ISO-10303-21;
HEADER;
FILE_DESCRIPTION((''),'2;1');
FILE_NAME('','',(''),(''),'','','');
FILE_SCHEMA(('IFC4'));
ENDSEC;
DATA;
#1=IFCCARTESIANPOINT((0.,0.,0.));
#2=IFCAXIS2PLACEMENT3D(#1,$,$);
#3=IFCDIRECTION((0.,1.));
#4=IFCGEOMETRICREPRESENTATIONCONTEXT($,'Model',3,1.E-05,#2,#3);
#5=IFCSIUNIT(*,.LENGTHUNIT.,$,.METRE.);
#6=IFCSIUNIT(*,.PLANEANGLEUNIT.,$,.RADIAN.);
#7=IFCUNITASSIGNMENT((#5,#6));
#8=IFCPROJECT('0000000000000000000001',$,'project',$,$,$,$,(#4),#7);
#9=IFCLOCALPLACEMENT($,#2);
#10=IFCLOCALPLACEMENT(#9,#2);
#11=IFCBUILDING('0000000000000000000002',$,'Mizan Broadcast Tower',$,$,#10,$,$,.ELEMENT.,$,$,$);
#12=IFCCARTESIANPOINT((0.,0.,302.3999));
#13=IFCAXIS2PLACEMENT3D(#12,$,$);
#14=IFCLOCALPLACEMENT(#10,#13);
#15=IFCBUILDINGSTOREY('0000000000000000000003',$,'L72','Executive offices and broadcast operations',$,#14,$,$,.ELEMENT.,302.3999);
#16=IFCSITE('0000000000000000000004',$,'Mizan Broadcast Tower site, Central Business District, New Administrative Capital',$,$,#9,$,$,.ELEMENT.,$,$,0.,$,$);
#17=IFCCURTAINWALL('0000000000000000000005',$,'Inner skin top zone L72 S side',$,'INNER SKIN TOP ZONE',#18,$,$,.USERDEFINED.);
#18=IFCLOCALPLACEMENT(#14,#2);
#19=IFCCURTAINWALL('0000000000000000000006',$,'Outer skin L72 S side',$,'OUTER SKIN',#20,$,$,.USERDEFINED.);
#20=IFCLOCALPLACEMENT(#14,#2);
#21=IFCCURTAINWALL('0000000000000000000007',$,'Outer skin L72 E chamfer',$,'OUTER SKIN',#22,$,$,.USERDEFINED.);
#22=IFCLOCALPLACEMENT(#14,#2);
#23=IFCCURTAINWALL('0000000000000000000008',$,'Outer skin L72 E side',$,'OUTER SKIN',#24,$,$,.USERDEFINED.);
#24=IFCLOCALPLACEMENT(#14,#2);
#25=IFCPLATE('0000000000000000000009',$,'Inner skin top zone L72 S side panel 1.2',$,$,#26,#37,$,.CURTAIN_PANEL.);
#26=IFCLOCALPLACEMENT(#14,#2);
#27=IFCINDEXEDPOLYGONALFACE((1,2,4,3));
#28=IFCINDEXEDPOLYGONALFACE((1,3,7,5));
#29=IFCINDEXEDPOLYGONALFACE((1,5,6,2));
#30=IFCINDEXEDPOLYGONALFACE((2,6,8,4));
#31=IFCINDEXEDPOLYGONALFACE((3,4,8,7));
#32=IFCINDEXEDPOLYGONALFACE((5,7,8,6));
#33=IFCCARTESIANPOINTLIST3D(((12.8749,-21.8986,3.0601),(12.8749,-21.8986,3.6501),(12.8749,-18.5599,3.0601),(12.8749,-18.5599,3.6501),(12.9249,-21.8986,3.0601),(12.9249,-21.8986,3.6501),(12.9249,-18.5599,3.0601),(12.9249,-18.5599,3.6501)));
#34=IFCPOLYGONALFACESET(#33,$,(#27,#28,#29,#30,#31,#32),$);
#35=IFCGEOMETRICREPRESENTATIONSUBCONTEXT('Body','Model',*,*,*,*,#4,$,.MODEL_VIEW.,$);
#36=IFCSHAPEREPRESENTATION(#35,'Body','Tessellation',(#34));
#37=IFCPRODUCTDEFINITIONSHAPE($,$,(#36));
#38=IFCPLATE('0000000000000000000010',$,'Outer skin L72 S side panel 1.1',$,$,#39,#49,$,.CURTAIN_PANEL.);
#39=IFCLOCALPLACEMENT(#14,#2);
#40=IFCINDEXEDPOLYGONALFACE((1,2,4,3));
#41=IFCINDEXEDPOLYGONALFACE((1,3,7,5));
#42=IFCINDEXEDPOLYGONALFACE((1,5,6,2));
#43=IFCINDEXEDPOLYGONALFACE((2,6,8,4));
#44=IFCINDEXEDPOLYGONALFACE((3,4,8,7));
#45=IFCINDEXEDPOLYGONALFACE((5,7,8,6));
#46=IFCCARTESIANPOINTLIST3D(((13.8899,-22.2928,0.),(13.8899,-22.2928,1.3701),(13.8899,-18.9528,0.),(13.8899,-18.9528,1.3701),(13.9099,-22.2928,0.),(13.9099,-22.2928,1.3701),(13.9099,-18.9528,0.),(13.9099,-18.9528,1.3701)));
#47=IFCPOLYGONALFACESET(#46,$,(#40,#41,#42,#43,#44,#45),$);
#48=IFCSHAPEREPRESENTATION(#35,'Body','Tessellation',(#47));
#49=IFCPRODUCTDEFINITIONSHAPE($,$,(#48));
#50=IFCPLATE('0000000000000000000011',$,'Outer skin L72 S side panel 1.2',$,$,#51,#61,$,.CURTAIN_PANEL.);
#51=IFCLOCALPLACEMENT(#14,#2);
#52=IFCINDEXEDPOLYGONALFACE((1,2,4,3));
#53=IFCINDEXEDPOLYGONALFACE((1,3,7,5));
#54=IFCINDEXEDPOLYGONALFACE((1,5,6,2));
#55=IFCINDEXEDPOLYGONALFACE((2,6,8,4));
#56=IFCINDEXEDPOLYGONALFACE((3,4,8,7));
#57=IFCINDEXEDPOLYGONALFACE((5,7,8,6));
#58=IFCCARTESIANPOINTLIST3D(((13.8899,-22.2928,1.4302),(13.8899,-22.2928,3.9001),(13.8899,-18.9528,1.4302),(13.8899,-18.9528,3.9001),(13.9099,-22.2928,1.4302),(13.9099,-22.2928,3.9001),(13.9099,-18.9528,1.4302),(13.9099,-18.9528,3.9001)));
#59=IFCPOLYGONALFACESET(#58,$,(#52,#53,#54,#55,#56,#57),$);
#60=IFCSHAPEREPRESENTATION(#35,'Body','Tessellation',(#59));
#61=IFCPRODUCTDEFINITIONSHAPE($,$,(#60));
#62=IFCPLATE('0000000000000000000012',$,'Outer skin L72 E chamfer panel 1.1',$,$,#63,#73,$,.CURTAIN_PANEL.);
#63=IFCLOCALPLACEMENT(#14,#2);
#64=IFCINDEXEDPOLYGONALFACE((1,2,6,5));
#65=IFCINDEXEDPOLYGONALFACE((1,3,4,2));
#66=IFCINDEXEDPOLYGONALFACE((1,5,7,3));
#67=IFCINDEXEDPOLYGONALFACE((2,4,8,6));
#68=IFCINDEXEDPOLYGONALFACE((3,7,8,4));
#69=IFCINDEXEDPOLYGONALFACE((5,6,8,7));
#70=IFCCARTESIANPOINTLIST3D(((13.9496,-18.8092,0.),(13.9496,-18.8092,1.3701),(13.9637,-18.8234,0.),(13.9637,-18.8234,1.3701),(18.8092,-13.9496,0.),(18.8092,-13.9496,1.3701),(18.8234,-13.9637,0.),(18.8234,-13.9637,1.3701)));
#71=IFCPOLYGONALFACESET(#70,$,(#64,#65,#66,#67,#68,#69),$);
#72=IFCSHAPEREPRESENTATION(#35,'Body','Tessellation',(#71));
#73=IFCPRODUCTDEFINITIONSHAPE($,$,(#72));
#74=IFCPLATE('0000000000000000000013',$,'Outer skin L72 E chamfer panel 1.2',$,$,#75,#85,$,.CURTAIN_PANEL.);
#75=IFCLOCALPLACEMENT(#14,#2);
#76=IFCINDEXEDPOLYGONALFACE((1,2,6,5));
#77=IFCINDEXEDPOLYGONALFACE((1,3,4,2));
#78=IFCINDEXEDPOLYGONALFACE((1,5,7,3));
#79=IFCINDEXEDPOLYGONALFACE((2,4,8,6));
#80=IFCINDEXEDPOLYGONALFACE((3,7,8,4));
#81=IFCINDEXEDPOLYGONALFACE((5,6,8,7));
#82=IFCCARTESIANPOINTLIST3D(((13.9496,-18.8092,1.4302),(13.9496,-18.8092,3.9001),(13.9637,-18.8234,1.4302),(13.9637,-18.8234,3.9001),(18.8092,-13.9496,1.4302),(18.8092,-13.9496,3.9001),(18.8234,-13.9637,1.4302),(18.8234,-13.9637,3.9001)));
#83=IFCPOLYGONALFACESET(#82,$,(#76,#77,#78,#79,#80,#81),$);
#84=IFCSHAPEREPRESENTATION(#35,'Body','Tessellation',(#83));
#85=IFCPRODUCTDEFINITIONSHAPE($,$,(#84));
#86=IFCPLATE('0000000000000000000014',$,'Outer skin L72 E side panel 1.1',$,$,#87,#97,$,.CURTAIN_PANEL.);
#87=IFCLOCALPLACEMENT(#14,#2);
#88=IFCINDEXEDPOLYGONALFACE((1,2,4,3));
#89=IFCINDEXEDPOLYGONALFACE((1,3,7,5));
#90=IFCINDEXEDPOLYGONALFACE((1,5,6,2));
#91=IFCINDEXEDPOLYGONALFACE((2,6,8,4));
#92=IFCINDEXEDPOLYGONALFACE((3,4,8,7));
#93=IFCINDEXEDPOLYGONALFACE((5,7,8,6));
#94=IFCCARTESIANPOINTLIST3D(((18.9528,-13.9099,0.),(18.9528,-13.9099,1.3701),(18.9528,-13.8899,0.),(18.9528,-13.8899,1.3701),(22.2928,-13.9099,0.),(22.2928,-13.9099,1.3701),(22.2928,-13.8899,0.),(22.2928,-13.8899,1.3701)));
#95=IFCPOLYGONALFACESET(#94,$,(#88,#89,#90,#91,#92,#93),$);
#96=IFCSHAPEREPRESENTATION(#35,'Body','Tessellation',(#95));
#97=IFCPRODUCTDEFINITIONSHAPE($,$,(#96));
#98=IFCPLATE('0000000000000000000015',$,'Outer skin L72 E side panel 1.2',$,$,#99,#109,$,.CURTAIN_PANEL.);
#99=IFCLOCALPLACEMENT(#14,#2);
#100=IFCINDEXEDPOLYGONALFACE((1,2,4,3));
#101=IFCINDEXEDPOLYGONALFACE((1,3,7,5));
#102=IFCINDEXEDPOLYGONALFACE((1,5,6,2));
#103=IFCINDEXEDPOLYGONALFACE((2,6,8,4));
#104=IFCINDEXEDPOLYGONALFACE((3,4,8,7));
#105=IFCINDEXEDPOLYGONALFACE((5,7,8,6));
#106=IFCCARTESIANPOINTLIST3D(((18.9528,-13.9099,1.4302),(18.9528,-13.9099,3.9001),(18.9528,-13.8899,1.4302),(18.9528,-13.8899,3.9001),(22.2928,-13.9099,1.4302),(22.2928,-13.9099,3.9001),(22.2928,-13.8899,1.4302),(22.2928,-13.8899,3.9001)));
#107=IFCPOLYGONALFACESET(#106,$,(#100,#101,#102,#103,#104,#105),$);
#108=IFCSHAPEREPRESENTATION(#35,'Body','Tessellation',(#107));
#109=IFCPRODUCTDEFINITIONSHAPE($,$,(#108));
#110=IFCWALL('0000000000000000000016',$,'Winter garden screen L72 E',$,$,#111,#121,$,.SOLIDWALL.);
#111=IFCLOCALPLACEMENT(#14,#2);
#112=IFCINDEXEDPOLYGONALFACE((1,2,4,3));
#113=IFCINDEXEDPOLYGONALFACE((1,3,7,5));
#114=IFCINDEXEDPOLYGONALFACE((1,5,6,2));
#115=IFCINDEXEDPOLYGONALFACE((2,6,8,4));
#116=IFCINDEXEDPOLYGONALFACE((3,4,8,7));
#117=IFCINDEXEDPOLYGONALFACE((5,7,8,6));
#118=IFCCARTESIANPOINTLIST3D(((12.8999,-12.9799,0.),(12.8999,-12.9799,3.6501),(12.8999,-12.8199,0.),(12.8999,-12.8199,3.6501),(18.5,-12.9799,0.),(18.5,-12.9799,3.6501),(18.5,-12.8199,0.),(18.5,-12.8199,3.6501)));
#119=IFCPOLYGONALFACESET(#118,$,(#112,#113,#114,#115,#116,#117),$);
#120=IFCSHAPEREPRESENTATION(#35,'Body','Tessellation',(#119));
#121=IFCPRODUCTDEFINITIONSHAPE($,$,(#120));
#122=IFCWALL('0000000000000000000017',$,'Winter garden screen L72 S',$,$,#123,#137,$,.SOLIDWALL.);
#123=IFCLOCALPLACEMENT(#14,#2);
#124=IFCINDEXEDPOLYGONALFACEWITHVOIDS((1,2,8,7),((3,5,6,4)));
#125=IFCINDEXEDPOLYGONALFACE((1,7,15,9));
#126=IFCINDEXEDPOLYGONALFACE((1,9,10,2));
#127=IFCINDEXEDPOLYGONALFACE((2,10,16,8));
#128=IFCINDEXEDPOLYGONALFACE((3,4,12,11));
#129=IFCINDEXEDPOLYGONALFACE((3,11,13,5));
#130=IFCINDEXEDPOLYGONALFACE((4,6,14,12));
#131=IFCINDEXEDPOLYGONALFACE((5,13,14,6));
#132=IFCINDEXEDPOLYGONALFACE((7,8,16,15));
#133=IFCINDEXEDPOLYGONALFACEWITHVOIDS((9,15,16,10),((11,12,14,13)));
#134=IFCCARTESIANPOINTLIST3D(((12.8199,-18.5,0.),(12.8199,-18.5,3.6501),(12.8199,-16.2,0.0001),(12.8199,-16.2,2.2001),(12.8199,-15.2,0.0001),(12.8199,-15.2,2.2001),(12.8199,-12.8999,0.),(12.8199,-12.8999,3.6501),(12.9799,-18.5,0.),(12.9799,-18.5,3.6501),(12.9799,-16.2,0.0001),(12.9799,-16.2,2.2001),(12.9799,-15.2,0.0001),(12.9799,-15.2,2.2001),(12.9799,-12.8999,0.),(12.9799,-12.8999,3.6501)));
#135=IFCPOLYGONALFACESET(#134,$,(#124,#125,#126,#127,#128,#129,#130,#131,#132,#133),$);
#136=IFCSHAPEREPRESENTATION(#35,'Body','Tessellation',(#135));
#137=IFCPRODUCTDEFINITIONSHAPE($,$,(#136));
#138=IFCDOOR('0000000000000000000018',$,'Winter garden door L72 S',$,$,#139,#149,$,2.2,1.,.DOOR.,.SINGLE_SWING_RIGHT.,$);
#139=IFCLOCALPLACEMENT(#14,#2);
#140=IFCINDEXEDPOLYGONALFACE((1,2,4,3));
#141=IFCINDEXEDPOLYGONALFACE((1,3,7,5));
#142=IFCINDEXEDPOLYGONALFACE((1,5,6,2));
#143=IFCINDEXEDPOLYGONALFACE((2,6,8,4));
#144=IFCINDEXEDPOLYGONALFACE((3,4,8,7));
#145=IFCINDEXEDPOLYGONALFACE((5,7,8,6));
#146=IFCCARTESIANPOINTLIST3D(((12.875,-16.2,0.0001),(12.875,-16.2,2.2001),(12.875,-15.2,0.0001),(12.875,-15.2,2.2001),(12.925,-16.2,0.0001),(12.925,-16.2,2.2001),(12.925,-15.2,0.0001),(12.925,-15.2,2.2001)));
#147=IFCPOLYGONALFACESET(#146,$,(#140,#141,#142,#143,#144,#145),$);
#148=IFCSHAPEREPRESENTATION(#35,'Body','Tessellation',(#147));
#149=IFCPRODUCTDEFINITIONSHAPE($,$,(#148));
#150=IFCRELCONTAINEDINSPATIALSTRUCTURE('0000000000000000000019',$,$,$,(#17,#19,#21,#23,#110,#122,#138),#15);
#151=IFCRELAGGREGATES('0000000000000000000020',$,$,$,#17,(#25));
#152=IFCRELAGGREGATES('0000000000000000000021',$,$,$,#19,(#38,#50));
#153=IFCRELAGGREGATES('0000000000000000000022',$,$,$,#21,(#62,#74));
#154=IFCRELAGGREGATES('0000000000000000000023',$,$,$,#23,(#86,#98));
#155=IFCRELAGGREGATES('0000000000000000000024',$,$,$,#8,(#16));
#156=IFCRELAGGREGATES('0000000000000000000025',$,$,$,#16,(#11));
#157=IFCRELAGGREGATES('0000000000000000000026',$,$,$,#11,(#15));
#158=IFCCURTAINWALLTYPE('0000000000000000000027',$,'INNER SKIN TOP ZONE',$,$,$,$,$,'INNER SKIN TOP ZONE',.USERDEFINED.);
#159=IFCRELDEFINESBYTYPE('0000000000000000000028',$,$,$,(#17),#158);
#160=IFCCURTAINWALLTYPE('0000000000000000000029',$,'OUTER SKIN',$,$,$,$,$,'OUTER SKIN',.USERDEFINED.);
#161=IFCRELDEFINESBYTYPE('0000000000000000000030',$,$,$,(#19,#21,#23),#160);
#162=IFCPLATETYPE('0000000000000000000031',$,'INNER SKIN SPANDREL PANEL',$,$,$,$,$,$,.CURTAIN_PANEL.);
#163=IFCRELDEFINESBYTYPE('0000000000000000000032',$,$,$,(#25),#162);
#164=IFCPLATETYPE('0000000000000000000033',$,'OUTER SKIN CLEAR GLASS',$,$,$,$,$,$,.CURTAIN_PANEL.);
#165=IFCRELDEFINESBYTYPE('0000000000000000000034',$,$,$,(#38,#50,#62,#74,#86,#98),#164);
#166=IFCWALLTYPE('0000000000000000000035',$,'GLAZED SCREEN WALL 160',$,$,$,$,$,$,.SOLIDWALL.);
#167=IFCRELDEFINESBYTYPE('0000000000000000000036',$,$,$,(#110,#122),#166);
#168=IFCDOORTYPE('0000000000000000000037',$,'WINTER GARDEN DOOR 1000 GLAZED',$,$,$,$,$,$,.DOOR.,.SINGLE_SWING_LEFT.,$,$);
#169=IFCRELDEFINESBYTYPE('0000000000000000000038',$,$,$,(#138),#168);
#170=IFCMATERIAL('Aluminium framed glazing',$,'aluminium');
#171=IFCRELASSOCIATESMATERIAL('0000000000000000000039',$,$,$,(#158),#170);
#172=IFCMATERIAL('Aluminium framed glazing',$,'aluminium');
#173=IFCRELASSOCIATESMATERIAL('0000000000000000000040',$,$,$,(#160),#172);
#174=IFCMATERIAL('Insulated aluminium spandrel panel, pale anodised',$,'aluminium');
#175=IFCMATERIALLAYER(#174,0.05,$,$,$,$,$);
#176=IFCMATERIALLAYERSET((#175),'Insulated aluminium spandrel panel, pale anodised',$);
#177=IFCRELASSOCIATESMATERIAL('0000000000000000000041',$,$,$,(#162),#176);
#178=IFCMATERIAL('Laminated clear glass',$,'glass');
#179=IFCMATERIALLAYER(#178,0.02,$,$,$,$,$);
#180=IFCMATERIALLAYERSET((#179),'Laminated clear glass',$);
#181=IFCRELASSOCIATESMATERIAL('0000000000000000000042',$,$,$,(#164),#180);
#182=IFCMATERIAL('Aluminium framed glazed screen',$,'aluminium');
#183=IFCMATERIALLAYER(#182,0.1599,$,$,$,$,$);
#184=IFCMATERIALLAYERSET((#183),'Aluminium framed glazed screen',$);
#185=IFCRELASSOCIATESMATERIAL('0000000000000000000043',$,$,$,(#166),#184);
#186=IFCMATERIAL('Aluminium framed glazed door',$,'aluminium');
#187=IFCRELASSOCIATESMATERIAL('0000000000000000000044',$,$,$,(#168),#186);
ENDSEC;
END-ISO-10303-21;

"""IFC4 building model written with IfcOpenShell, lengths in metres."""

from ifc_helpers import new_model, si_unit, direction, frame, frame_2d, origin, origin_2d, place, context, subcontext, project, spatial, rectangle, extrude, material, layer, layer_set, type_object, element, fill, aggregate, save


model = new_model("IFC4")

# Units and contexts
model_context = context("Model", 3, precision=1e-05, world=origin(), true_north=direction((0.0, 1.0)))
body_context = subcontext(model_context, "Body", "Model", "MODEL_VIEW")
ifc_project = project(units=[si_unit("LENGTHUNIT", "METRE"), si_unit("PLANEANGLEUNIT", "RADIAN")], contexts=[model_context])

# Site, building, storey
site_placement = place(None, origin())
site = spatial("IfcSite", under=ifc_project, at=site_placement, Name="Mizan Broadcast Tower site, Central Business District, New Administrative Capital", CompositionType="ELEMENT", RefElevation=0.0)
building_placement = place(site_placement, origin())
building = spatial("IfcBuilding", under=site, at=building_placement, Name="Mizan Broadcast Tower", CompositionType="ELEMENT")
storey_placement = place(building_placement, frame((0.0, 0.0, 302.3999)))
storey = spatial("IfcBuildingStorey", under=building, at=storey_placement, Name="L72", Description="Executive offices and broadcast operations", CompositionType="ELEMENT", Elevation=302.3999)

# Curtain wall
ifc_material_1 = material(Name="Aluminium framed glazing", Category="aluminium")
curtain_wall_type_1 = type_object("IfcCurtainWallType", Name="INNER SKIN TOP ZONE", ElementType="INNER SKIN TOP ZONE", PredefinedType="USERDEFINED", material=ifc_material_1)
curtain_wall_1_placement = place(storey_placement, origin())
curtain_wall_1 = element("IfcCurtainWall", 1, at=curtain_wall_1_placement, inside=storey, type_object=curtain_wall_type_1, Name="Inner skin top zone L72 S side", ObjectType="INNER SKIN TOP ZONE", PredefinedType="USERDEFINED")

# Curtain walls
ifc_material_2 = material(Name="Aluminium framed glazing", Category="aluminium")
curtain_wall_type_2 = type_object("IfcCurtainWallType", Name="OUTER SKIN", ElementType="OUTER SKIN", PredefinedType="USERDEFINED", material=ifc_material_2)
curtain_wall_2_placement = place(storey_placement, origin())
curtain_wall_2 = element("IfcCurtainWall", 2, at=curtain_wall_2_placement, inside=storey, type_object=curtain_wall_type_2, Name="Outer skin L72 S side", ObjectType="OUTER SKIN", PredefinedType="USERDEFINED")
curtain_wall_3_placement = place(storey_placement, origin())
curtain_wall_3 = element("IfcCurtainWall", 3, at=curtain_wall_3_placement, inside=storey, type_object=curtain_wall_type_2, Name="Outer skin L72 E chamfer", ObjectType="OUTER SKIN", PredefinedType="USERDEFINED")
curtain_wall_4_placement = place(storey_placement, origin())
curtain_wall_4 = element("IfcCurtainWall", 4, at=curtain_wall_4_placement, inside=storey, type_object=curtain_wall_type_2, Name="Outer skin L72 E side", ObjectType="OUTER SKIN", PredefinedType="USERDEFINED")

# Plates
ifc_material_3 = material(Name="Insulated aluminium spandrel panel, pale anodised", Category="aluminium")
ifc_layer_1 = layer(ifc_material_3, 0.05)
ifc_layer_set_1 = layer_set([ifc_layer_1], Name="Insulated aluminium spandrel panel, pale anodised")
plate_type_1 = type_object("IfcPlateType", Name="INNER SKIN SPANDREL PANEL", PredefinedType="CURTAIN_PANEL", material=ifc_layer_set_1)
plate_1_placement = place(storey_placement, frame((12.8999, -20.2292, 3.0601), z_axis=(0.0, 0.0, 1.0), x_axis=(0.0, 1.0, 0.0)))
plate_1 = element("IfcPlate", 5, at=plate_1_placement, type_object=plate_type_1, Name="Inner skin top zone L72 S side panel 1.2", PredefinedType="CURTAIN_PANEL", context=body_context, shape_type="SweptSolid", body=[
    extrude(rectangle(XDim=3.3386, YDim=0.05, at=origin_2d()), origin(), (0.0, 0.0, 1.0), 0.5901),
])
aggregate(curtain_wall_1, [plate_1])
ifc_material_4 = material(Name="Laminated clear glass", Category="glass")
ifc_layer_2 = layer(ifc_material_4, 0.02)
ifc_layer_set_2 = layer_set([ifc_layer_2], Name="Laminated clear glass")
plate_type_2 = type_object("IfcPlateType", Name="OUTER SKIN CLEAR GLASS", PredefinedType="CURTAIN_PANEL", material=ifc_layer_set_2)
plate_2_placement = place(storey_placement, frame((13.8999, -20.6228, 0.0), z_axis=(0.0, 0.0, 1.0), x_axis=(0.0, 1.0, 0.0)))
plate_2 = element("IfcPlate", 6, at=plate_2_placement, type_object=plate_type_2, Name="Outer skin L72 S side panel 1.1", PredefinedType="CURTAIN_PANEL", context=body_context, shape_type="SweptSolid", body=[
    extrude(rectangle(XDim=3.3401, YDim=0.02, at=origin_2d()), origin(), (0.0, 0.0, 1.0), 1.3701),
])
plate_3_placement = place(storey_placement, frame((13.8999, -20.6228, 1.4302), z_axis=(0.0, 0.0, 1.0), x_axis=(0.0, 1.0, 0.0)))
plate_3 = element("IfcPlate", 7, at=plate_3_placement, type_object=plate_type_2, Name="Outer skin L72 S side panel 1.2", PredefinedType="CURTAIN_PANEL", context=body_context, shape_type="SweptSolid", body=[
    extrude(rectangle(XDim=3.3401, YDim=0.02, at=origin_2d()), origin(), (0.0, 0.0, 1.0), 2.47),
])
aggregate(curtain_wall_2, [plate_2, plate_3])
plate_4_placement = place(storey_placement, frame((16.3865, -16.3865, 0.0), z_axis=(0.0, 0.0, 1.0), x_axis=(0.707107, 0.707107, 0.0)))
plate_4 = element("IfcPlate", 8, at=plate_4_placement, type_object=plate_type_2, Name="Outer skin L72 E chamfer panel 1.1", PredefinedType="CURTAIN_PANEL", context=body_context, shape_type="SweptSolid", body=[
    extrude(rectangle(XDim=6.8726, YDim=0.02, at=origin_2d()), origin(), (0.0, 0.0, 1.0), 1.3701),
])
plate_5_placement = place(storey_placement, frame((16.3865, -16.3865, 1.4302), z_axis=(0.0, 0.0, 1.0), x_axis=(0.707107, 0.707107, 0.0)))
plate_5 = element("IfcPlate", 9, at=plate_5_placement, type_object=plate_type_2, Name="Outer skin L72 E chamfer panel 1.2", PredefinedType="CURTAIN_PANEL", context=body_context, shape_type="SweptSolid", body=[
    extrude(rectangle(XDim=6.8726, YDim=0.02, at=origin_2d()), origin(), (0.0, 0.0, 1.0), 2.47),
])
aggregate(curtain_wall_3, [plate_4, plate_5])
plate_6_placement = place(storey_placement, frame((20.6228, -13.8999, 0.0), z_axis=(0.0, 0.0, 1.0), x_axis=(1.0, 0.0, 0.0)))
plate_6 = element("IfcPlate", 10, at=plate_6_placement, type_object=plate_type_2, Name="Outer skin L72 E side panel 1.1", PredefinedType="CURTAIN_PANEL", context=body_context, shape_type="SweptSolid", body=[
    extrude(rectangle(XDim=3.3401, YDim=0.02, at=origin_2d()), origin(), (0.0, 0.0, 1.0), 1.3701),
])
plate_7_placement = place(storey_placement, frame((20.6228, -13.8999, 1.4302), z_axis=(0.0, 0.0, 1.0), x_axis=(1.0, 0.0, 0.0)))
plate_7 = element("IfcPlate", 11, at=plate_7_placement, type_object=plate_type_2, Name="Outer skin L72 E side panel 1.2", PredefinedType="CURTAIN_PANEL", context=body_context, shape_type="SweptSolid", body=[
    extrude(rectangle(XDim=3.3401, YDim=0.02, at=origin_2d()), origin(), (0.0, 0.0, 1.0), 2.47),
])
aggregate(curtain_wall_4, [plate_6, plate_7])

# Wall
ifc_material_5 = material(Name="Aluminium framed glazed screen", Category="aluminium")
ifc_layer_3 = layer(ifc_material_5, 0.1599)
ifc_layer_set_3 = layer_set([ifc_layer_3], Name="Aluminium framed glazed screen")
wall_type = type_object("IfcWallType", Name="GLAZED SCREEN WALL 160", PredefinedType="SOLIDWALL", material=ifc_layer_set_3)
wall_1_placement = place(storey_placement, frame((12.8999, -12.8999, 0.0), z_axis=(0.0, 0.0, 1.0), x_axis=(1.0, 0.0, 0.0)))
element("IfcWall", 12, at=wall_1_placement, inside=storey, type_object=wall_type, Name="Winter garden screen L72 E", PredefinedType="SOLIDWALL", context=body_context, shape_type="SweptSolid", body=[
    extrude(rectangle(XDim=5.6001, YDim=0.1599, at=frame_2d((2.8, 0.0))), origin(), (0.0, 0.0, 1.0), 3.6501),
])

# Wall, opening, door
wall_2_placement = place(storey_placement, frame((12.8999, -18.5, 0.0), z_axis=(0.0, 0.0, 1.0), x_axis=(0.0, 1.0, 0.0)))
wall_2 = element("IfcWall", 13, at=wall_2_placement, inside=storey, type_object=wall_type, Name="Winter garden screen L72 S", PredefinedType="SOLIDWALL", context=body_context, shape_type="SweptSolid", body=[
    extrude(rectangle(XDim=5.6001, YDim=0.1599, at=frame_2d((2.8, 0.0))), origin(), (0.0, 0.0, 1.0), 3.6501),
])
opening_placement = place(wall_2_placement, frame((2.3, 0.0, 0.0)))
opening = element("IfcOpeningElement", 14, at=opening_placement, cuts=wall_2, PredefinedType="OPENING", context=body_context, shape_type="SweptSolid", body=[
    extrude(rectangle(XDim=1.0, YDim=2.2, at=frame_2d((0.5, 1.1001))), frame((0.0, 0.0898, 0.0), z_axis=(0.0, -1.0, 0.0), x_axis=(1.0, 0.0, 0.0)), (0.0, 0.0, 1.0), 0.1799),
])
ifc_material_6 = material(Name="Aluminium framed glazed door", Category="aluminium")
door_type = type_object("IfcDoorType", Name="WINTER GARDEN DOOR 1000 GLAZED", OperationType="SINGLE_SWING_LEFT", PredefinedType="DOOR", material=ifc_material_6)
door_placement = place(opening_placement, origin())
door = element("IfcDoor", 15, at=door_placement, inside=storey, type_object=door_type, Name="Winter garden door L72 S", OperationType="SINGLE_SWING_RIGHT", OverallHeight=2.2, OverallWidth=1.0, PredefinedType="DOOR", context=body_context, shape_type="SweptSolid", body=[
    extrude(rectangle(XDim=1.0, YDim=2.2, at=frame_2d((0.5, 1.1001))), frame((0.0, 0.0249, 0.0), z_axis=(0.0, -1.0, 0.0), x_axis=(1.0, 0.0, 0.0)), (0.0, 0.0, 1.0), 0.05),
])
fill(opening, door)

save(model, "model.ifc")
